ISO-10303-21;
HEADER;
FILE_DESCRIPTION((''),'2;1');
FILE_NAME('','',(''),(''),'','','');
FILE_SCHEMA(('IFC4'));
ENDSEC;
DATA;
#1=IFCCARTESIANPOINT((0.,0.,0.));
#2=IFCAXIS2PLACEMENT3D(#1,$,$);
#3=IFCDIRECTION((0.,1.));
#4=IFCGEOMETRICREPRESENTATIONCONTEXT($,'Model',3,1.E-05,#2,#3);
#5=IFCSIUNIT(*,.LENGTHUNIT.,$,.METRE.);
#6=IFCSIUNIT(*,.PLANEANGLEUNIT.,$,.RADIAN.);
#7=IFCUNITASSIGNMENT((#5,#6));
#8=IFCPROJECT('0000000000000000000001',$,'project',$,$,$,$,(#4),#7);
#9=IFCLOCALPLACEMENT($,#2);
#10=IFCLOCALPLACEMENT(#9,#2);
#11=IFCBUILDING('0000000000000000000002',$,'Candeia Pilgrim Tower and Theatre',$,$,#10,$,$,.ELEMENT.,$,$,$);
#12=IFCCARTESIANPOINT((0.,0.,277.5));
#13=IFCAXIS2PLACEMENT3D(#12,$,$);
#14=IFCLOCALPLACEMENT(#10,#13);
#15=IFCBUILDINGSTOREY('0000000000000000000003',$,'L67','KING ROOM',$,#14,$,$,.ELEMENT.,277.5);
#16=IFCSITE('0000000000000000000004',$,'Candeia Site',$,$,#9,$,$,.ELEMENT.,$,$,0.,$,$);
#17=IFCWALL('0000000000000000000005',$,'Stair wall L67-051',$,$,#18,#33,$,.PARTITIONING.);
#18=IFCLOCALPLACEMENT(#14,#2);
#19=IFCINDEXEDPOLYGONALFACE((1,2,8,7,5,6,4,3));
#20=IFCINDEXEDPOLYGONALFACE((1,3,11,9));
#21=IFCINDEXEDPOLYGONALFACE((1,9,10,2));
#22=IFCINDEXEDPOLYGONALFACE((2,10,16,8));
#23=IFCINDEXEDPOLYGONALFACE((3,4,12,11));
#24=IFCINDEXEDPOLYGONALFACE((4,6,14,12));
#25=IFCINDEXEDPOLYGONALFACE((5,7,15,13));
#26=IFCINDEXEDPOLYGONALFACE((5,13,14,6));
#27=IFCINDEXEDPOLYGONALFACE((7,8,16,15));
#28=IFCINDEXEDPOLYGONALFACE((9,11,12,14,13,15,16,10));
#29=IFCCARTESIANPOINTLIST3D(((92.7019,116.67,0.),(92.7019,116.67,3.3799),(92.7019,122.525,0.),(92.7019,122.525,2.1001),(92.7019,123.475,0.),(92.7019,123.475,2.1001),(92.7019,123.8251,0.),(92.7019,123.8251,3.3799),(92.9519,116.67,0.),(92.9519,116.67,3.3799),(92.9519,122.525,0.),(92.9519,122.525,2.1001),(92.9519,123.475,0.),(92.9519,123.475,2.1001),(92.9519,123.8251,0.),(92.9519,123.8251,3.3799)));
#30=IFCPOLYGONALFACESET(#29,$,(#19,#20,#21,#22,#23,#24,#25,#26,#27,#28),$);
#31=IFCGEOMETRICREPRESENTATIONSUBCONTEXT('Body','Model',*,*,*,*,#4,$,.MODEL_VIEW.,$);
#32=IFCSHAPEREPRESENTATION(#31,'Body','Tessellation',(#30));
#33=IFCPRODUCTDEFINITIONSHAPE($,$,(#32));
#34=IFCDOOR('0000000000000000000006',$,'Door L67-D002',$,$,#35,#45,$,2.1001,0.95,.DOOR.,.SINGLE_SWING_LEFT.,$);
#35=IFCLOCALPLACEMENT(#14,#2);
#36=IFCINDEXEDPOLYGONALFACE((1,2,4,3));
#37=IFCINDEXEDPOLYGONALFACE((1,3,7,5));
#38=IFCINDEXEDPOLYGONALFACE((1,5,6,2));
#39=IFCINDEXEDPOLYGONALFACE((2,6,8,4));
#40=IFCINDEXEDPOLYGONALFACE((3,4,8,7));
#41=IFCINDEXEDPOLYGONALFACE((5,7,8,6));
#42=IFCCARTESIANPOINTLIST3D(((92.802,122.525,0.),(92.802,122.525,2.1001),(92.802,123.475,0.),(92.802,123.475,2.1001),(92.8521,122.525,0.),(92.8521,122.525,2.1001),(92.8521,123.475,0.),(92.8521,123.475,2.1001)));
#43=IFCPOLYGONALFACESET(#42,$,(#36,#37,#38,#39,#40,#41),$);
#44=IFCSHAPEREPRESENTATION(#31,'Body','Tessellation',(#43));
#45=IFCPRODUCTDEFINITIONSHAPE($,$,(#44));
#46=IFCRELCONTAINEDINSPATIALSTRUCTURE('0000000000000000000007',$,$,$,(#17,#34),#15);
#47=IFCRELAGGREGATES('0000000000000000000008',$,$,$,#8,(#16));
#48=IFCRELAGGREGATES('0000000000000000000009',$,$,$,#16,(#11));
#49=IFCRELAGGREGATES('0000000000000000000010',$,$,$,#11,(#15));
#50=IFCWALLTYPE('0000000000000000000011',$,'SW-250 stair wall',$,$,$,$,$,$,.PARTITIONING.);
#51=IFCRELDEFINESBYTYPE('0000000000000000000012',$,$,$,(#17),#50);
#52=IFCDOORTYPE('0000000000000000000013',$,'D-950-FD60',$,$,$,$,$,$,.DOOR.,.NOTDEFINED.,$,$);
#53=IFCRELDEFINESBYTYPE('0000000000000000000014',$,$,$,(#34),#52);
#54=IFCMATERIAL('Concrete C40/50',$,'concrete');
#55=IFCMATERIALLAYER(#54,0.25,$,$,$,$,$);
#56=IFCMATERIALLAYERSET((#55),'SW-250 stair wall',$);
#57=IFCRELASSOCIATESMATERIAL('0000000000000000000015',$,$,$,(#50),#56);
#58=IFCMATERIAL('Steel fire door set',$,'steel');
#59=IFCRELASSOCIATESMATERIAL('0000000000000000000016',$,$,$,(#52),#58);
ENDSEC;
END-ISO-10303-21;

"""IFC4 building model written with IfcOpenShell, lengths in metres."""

from ifc_helpers import new_model, si_unit, direction, frame, frame_2d, origin, place, context, subcontext, project, spatial, rectangle, extrude, material, layer, layer_set, type_object, element, fill, save


model = new_model("IFC4")

# Units and contexts
model_context = context("Model", 3, precision=1e-05, world=origin(), true_north=direction((0.0, 1.0)))
body_context = subcontext(model_context, "Body", "Model", "MODEL_VIEW")
ifc_project = project(units=[si_unit("LENGTHUNIT", "METRE"), si_unit("PLANEANGLEUNIT", "RADIAN")], contexts=[model_context])

# Site, building, storey
site_placement = place(None, origin())
site = spatial("IfcSite", under=ifc_project, at=site_placement, Name="Candeia Site", CompositionType="ELEMENT", RefElevation=0.0)
building_placement = place(site_placement, origin())
building = spatial("IfcBuilding", under=site, at=building_placement, Name="Candeia Pilgrim Tower and Theatre", CompositionType="ELEMENT")
storey_placement = place(building_placement, frame((0.0, 0.0, 277.5)))
storey = spatial("IfcBuildingStorey", under=building, at=storey_placement, Name="L67", Description="KING ROOM", CompositionType="ELEMENT", Elevation=277.5)

# Shared definitions
ifc_material_1 = material(Name="Concrete C40/50", Category="concrete")

# Shared definitions
ifc_material_2 = material(Name="Steel fire door set", Category="steel")

# Wall, opening, door
ifc_layer_1 = layer(ifc_material_1, 0.25)
ifc_layer_set_1 = layer_set([ifc_layer_1], Name="SW-250 stair wall")
wall_type_1 = type_object("IfcWallType", Name="SW-250 stair wall", PredefinedType="PARTITIONING", material=ifc_layer_set_1)
wall_1_placement = place(storey_placement, frame((92.8269, 116.6699, 0.0), z_axis=(0.0, 0.0, 1.0), x_axis=(0.0, 1.0, 0.0)))
wall_1 = element("IfcWall", 1, at=wall_1_placement, inside=storey, type_object=wall_type_1, Name="Stair wall L67-051", PredefinedType="PARTITIONING", context=body_context, shape_type="SweptSolid", body=[
    extrude(rectangle(XDim=7.155, YDim=0.25, at=frame_2d((3.5776, 0.0))), origin(), (0.0, 0.0, 1.0), 3.3799),
])
opening_1_placement = place(wall_1_placement, frame((5.855, 0.0, 0.0)))
opening_1 = element("IfcOpeningElement", 2, at=opening_1_placement, cuts=wall_1, PredefinedType="OPENING", context=body_context, shape_type="SweptSolid", body=[
    extrude(rectangle(XDim=0.95, YDim=2.1001, at=frame_2d((0.4751, 1.05))), frame((0.0, 0.135, 0.0), z_axis=(0.0, -1.0, 0.0), x_axis=(1.0, 0.0, 0.0)), (0.0, 0.0, 1.0), 0.27),
])
door_type_1 = type_object("IfcDoorType", Name="D-950-FD60", OperationType="NOTDEFINED", PredefinedType="DOOR", material=ifc_material_2)
door_1_placement = place(opening_1_placement, origin())
door_1 = element("IfcDoor", 3, at=door_1_placement, inside=storey, type_object=door_type_1, Name="Door L67-D002", OperationType="SINGLE_SWING_LEFT", OverallHeight=2.1001, OverallWidth=0.95, PredefinedType="DOOR", context=body_context, shape_type="SweptSolid", body=[
    extrude(rectangle(XDim=0.95, YDim=2.1001, at=frame_2d((0.4751, 1.05))), frame((0.0, 0.0249, 0.0), z_axis=(0.0, -1.0, 0.0), x_axis=(1.0, 0.0, 0.0)), (0.0, 0.0, 1.0), 0.05),
])
fill(opening_1, door_1)

save(model, "model.ifc")
